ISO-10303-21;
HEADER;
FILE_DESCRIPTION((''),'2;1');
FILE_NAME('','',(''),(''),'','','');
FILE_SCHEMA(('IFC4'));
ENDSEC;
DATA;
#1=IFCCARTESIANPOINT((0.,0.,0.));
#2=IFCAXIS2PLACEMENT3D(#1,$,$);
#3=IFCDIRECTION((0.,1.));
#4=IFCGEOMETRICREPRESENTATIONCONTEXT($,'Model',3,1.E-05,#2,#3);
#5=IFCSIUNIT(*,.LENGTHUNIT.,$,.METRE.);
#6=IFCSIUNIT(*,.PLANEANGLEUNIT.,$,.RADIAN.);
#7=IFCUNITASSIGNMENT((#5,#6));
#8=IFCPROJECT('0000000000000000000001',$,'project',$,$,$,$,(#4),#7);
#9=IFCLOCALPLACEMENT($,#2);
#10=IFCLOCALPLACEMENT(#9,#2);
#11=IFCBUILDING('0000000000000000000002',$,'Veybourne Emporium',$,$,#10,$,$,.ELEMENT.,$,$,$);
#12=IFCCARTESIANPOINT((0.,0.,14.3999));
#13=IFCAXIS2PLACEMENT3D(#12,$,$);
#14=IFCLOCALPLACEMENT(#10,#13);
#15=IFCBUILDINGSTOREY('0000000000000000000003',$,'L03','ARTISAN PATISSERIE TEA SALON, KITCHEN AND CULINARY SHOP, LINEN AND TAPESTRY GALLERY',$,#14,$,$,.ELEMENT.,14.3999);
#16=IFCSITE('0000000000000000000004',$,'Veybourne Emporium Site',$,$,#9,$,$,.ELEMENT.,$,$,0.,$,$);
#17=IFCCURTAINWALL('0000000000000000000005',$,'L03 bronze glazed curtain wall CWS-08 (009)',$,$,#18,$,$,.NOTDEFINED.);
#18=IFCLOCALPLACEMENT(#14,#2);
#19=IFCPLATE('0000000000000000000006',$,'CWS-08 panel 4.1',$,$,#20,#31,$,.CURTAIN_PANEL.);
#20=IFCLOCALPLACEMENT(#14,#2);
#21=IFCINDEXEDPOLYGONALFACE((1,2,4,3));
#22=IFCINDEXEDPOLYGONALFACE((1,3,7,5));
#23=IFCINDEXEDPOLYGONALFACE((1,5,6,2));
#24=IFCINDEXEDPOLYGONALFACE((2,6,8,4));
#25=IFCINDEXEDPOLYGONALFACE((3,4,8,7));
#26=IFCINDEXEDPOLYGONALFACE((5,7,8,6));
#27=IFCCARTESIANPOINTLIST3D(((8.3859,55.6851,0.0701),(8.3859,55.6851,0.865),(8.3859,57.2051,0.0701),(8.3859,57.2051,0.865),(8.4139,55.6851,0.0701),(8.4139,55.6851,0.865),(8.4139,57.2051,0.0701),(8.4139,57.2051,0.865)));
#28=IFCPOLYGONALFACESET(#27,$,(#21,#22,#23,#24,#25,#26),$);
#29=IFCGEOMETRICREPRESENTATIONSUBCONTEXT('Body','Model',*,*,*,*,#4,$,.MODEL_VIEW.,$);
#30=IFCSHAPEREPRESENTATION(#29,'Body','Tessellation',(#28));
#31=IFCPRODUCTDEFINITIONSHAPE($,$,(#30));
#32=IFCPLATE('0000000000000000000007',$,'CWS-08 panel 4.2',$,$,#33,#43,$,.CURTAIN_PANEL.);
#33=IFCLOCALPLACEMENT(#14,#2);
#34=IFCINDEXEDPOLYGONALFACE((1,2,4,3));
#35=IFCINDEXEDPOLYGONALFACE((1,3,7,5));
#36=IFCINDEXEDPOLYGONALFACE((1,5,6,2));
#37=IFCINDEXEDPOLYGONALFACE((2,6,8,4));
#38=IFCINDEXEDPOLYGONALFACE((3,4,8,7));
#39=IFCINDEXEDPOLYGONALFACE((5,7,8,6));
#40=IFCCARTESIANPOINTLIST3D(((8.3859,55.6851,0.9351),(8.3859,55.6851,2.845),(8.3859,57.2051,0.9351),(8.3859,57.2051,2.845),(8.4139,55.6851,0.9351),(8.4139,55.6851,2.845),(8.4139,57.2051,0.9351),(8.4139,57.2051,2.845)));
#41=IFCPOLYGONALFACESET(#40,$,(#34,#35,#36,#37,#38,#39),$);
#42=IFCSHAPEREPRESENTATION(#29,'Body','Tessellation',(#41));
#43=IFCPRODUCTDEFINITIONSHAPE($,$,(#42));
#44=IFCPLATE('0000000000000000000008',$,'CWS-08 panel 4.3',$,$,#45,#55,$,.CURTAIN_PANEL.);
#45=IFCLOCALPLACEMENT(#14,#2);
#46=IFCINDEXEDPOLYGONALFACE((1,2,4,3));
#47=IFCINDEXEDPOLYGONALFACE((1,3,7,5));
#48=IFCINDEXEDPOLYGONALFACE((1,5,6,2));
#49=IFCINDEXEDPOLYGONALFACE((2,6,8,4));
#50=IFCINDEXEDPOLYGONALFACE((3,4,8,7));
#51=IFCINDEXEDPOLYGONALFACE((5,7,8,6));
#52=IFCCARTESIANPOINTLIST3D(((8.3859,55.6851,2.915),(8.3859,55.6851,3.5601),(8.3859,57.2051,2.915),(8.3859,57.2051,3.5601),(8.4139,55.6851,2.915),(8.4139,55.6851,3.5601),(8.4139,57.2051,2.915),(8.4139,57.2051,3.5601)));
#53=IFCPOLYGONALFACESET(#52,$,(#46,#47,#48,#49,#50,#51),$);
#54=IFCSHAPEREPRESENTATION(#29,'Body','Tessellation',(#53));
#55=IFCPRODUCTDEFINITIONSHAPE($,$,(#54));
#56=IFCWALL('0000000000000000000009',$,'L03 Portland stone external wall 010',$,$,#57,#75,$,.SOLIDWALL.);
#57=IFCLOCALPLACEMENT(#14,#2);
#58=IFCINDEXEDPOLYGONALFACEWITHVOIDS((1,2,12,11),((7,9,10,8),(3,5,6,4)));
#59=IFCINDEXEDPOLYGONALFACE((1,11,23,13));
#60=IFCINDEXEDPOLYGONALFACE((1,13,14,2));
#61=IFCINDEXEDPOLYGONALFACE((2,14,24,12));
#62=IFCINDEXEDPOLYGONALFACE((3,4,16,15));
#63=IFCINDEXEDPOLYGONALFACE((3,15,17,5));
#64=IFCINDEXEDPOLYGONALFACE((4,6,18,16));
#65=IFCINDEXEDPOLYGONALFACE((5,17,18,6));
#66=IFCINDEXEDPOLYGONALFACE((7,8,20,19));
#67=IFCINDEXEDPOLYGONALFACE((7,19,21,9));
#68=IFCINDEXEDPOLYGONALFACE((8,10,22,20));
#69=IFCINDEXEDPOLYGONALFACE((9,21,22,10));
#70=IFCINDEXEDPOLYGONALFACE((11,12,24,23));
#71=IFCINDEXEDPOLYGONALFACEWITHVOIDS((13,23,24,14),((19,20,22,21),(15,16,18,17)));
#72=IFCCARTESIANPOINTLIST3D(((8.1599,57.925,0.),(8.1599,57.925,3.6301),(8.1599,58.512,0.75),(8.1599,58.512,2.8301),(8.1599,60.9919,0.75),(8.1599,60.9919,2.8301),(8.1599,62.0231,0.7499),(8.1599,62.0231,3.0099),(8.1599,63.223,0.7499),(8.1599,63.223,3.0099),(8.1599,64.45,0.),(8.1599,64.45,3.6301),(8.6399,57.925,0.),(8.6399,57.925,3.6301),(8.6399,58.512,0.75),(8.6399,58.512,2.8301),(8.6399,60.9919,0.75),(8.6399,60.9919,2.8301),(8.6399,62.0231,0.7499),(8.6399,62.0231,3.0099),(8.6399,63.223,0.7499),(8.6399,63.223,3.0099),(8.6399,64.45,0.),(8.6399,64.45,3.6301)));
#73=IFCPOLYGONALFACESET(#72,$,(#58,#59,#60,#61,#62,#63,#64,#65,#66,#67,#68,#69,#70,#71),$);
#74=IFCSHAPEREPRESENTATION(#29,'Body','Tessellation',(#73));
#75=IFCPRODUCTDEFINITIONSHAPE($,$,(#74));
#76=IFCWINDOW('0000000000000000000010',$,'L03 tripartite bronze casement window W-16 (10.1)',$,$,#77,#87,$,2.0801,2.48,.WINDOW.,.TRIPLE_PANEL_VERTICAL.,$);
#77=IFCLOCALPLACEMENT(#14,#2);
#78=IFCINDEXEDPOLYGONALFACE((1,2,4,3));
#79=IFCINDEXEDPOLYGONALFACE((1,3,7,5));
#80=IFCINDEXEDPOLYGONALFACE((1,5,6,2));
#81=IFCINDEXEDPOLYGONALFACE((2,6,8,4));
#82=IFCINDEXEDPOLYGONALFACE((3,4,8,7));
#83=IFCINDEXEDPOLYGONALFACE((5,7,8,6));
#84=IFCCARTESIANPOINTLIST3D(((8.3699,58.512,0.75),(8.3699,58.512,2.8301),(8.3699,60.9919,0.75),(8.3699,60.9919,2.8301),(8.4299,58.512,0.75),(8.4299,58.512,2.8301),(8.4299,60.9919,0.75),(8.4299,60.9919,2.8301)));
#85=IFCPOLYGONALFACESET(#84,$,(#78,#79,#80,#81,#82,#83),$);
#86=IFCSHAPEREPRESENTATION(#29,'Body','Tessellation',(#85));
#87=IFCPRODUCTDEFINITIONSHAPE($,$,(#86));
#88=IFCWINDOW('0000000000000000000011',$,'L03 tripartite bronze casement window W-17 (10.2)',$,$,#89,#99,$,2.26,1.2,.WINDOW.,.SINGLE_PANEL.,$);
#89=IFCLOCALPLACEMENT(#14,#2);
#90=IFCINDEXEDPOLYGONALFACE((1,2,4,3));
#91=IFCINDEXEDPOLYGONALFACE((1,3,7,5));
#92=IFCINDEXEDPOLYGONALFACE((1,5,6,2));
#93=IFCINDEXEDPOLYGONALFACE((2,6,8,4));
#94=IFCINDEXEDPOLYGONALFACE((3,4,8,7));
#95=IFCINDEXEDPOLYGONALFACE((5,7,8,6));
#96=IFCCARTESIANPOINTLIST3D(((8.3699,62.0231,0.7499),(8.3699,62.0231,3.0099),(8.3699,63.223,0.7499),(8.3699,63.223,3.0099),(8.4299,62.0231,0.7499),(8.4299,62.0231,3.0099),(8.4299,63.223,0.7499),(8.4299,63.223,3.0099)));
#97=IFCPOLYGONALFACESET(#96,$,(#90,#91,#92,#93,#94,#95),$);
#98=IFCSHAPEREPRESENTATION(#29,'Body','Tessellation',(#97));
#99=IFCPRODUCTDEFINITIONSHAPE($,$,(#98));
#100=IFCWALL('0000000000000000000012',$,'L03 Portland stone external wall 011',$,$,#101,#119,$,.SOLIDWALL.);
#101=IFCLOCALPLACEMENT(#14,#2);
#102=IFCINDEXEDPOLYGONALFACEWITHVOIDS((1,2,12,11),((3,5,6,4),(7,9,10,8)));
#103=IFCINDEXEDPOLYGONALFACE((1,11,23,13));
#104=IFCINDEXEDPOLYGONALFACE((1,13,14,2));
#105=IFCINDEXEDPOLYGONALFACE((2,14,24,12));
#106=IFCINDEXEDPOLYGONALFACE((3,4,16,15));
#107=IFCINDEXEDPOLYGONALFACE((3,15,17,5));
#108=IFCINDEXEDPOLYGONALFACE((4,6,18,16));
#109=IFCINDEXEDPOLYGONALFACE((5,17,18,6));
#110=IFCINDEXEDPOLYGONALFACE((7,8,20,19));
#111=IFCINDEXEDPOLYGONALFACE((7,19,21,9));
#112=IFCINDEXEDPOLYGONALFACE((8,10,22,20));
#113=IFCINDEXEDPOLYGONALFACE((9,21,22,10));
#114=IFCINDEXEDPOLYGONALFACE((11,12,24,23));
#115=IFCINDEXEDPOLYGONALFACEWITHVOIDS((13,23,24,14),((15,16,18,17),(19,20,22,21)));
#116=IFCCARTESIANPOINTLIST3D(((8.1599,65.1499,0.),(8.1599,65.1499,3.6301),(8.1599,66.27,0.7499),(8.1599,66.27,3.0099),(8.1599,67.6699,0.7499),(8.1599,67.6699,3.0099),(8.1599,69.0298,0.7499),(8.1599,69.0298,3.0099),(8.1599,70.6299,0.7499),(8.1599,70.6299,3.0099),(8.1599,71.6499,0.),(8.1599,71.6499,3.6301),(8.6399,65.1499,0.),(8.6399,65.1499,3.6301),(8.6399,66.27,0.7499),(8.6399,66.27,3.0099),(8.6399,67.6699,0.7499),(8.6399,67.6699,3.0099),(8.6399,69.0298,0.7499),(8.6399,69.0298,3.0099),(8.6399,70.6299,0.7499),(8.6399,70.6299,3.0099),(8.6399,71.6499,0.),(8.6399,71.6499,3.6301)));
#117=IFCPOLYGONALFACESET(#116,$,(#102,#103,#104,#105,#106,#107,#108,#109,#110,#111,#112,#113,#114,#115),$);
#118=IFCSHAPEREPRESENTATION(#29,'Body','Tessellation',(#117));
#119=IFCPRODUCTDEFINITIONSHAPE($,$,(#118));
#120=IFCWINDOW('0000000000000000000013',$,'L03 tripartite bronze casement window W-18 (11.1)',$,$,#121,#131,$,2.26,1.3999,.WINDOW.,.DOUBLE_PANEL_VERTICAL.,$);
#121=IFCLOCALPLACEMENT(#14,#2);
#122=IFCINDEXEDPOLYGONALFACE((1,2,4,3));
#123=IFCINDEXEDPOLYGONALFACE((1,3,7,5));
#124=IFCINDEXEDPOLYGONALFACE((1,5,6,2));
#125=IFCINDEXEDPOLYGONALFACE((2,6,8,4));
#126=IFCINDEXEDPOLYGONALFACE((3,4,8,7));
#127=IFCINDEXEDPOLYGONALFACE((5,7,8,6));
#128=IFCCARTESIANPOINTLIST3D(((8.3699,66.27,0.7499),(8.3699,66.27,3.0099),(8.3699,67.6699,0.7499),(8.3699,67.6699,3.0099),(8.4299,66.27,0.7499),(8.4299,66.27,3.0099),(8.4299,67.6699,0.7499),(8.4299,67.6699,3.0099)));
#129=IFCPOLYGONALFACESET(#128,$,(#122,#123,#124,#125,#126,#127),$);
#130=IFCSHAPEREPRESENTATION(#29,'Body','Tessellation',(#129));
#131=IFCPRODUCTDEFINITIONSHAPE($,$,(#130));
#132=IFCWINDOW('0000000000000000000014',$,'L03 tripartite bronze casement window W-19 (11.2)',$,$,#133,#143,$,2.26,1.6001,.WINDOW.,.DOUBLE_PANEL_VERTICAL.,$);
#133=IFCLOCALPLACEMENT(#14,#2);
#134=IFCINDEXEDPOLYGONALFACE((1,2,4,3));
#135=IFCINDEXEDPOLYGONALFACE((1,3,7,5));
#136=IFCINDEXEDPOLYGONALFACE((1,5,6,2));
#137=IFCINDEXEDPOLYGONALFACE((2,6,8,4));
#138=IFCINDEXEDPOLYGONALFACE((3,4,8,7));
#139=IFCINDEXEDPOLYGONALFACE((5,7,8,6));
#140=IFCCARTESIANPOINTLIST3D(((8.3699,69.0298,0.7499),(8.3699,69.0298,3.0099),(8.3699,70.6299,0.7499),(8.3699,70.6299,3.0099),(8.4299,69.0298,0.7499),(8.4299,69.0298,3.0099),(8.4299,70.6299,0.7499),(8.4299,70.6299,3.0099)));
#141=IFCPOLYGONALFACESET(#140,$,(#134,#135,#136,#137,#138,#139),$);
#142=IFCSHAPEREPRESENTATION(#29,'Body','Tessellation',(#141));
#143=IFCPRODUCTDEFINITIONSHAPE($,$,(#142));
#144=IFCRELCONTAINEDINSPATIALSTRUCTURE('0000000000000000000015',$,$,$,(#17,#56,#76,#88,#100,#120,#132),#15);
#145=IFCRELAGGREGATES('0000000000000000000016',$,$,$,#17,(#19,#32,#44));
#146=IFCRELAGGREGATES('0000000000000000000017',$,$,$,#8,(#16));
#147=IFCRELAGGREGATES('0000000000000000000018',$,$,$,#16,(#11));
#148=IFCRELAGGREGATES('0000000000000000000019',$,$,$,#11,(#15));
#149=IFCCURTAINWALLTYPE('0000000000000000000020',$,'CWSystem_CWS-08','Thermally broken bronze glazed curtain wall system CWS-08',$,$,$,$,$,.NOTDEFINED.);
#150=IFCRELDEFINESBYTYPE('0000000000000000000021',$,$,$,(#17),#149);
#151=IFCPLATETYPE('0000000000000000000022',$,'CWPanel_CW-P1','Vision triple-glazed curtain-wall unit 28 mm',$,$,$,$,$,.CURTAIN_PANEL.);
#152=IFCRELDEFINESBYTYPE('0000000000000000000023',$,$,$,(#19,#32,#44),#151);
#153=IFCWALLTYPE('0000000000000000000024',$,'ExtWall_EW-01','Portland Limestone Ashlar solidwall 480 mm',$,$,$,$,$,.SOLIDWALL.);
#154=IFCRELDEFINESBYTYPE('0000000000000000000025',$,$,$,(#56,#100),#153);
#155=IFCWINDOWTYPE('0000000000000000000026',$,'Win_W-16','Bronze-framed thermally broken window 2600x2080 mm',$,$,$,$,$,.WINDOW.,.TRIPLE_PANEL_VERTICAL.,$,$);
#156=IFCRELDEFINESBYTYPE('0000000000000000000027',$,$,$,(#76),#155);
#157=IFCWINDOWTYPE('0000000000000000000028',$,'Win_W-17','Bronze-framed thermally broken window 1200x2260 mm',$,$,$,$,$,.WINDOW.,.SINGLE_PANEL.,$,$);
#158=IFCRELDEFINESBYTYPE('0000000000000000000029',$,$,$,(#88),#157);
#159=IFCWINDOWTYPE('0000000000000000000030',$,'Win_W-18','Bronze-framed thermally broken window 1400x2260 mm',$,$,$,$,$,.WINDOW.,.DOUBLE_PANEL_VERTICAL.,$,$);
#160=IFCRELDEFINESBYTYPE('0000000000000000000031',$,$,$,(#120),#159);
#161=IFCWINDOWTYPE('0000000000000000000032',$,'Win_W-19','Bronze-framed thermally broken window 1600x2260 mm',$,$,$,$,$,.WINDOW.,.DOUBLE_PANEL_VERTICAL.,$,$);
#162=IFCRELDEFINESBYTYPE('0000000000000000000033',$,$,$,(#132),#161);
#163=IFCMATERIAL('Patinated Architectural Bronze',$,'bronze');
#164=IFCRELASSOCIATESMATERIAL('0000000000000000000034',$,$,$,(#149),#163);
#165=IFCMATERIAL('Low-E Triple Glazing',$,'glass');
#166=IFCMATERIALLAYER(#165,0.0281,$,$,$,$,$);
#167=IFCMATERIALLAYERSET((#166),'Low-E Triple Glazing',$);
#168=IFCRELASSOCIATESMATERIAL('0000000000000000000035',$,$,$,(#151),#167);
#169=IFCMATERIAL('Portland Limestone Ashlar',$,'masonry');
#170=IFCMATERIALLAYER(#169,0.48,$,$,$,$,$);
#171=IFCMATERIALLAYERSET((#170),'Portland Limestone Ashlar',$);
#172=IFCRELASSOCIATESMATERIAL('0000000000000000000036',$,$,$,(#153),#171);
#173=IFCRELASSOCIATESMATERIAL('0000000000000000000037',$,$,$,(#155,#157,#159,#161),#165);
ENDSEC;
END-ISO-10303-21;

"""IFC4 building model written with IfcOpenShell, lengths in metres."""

from ifc_helpers import new_model, si_unit, direction, frame, frame_2d, origin, origin_2d, place, context, subcontext, project, spatial, rectangle, extrude, material, layer, layer_set, type_object, element, fill, aggregate, save


model = new_model("IFC4")

# Units and contexts
model_context = context("Model", 3, precision=1e-05, world=origin(), true_north=direction((0.0, 1.0)))
body_context = subcontext(model_context, "Body", "Model", "MODEL_VIEW")
ifc_project = project(units=[si_unit("LENGTHUNIT", "METRE"), si_unit("PLANEANGLEUNIT", "RADIAN")], contexts=[model_context])

# Site, building, storey
site_placement = place(None, origin())
site = spatial("IfcSite", under=ifc_project, at=site_placement, Name="Veybourne Emporium Site", CompositionType="ELEMENT", RefElevation=0.0)
building_placement = place(site_placement, origin())
building = spatial("IfcBuilding", under=site, at=building_placement, Name="Veybourne Emporium", CompositionType="ELEMENT")
storey_placement = place(building_placement, frame((0.0, 0.0, 14.3999)))
storey = spatial("IfcBuildingStorey", under=building, at=storey_placement, Name="L03", Description="ARTISAN PATISSERIE TEA SALON, KITCHEN AND CULINARY SHOP, LINEN AND TAPESTRY GALLERY", CompositionType="ELEMENT", Elevation=14.3999)

# Curtain wall
ifc_material_1 = material(Name="Patinated Architectural Bronze", Category="bronze")
curtain_wall_type = type_object("IfcCurtainWallType", Name="CWSystem_CWS-08", Description="Thermally broken bronze glazed curtain wall system CWS-08", PredefinedType="NOTDEFINED", material=ifc_material_1)
curtain_wall_placement = place(storey_placement, origin())
curtain_wall = element("IfcCurtainWall", 1, at=curtain_wall_placement, inside=storey, type_object=curtain_wall_type, Name="L03 bronze glazed curtain wall CWS-08 (009)", PredefinedType="NOTDEFINED")

# Plates
ifc_material_2 = material(Name="Low-E Triple Glazing", Category="glass")
ifc_layer_1 = layer(ifc_material_2, 0.0281)
ifc_layer_set_1 = layer_set([ifc_layer_1], Name="Low-E Triple Glazing")
plate_type = type_object("IfcPlateType", Name="CWPanel_CW-P1", Description="Vision triple-glazed curtain-wall unit 28 mm", PredefinedType="CURTAIN_PANEL", material=ifc_layer_set_1)
plate_1_placement = place(storey_placement, frame((8.3999, 56.4451, 0.0701), z_axis=(0.0, 0.0, 1.0), x_axis=(0.0, 1.0, 0.0)))
plate_1 = element("IfcPlate", 2, at=plate_1_placement, type_object=plate_type, Name="CWS-08 panel 4.1", PredefinedType="CURTAIN_PANEL", context=body_context, shape_type="SweptSolid", body=[
    extrude(rectangle(XDim=1.52, YDim=0.0281, at=origin_2d()), origin(), (0.0, 0.0, 1.0), 0.7949),
])
plate_2_placement = place(storey_placement, frame((8.3999, 56.4451, 0.9351), z_axis=(0.0, 0.0, 1.0), x_axis=(0.0, 1.0, 0.0)))
plate_2 = element("IfcPlate", 3, at=plate_2_placement, type_object=plate_type, Name="CWS-08 panel 4.2", PredefinedType="CURTAIN_PANEL", context=body_context, shape_type="SweptSolid", body=[
    extrude(rectangle(XDim=1.52, YDim=0.0281, at=origin_2d()), origin(), (0.0, 0.0, 1.0), 1.9099),
])
plate_3_placement = place(storey_placement, frame((8.3999, 56.4451, 2.915), z_axis=(0.0, 0.0, 1.0), x_axis=(0.0, 1.0, 0.0)))
plate_3 = element("IfcPlate", 4, at=plate_3_placement, type_object=plate_type, Name="CWS-08 panel 4.3", PredefinedType="CURTAIN_PANEL", context=body_context, shape_type="SweptSolid", body=[
    extrude(rectangle(XDim=1.52, YDim=0.0281, at=origin_2d()), origin(), (0.0, 0.0, 1.0), 0.645),
])
aggregate(curtain_wall, [plate_1, plate_2, plate_3])

# Walls, openings, windows
ifc_material_3 = material(Name="Portland Limestone Ashlar", Category="masonry")
ifc_layer_2 = layer(ifc_material_3, 0.48)
ifc_layer_set_2 = layer_set([ifc_layer_2], Name="Portland Limestone Ashlar")
wall_type = type_object("IfcWallType", Name="ExtWall_EW-01", Description="Portland Limestone Ashlar solidwall 480 mm", PredefinedType="SOLIDWALL", material=ifc_layer_set_2)
wall_1_placement = place(storey_placement, frame((8.3999, 57.925, 0.0), z_axis=(0.0, 0.0, 1.0), x_axis=(0.0, 1.0, 0.0)))
wall_1 = element("IfcWall", 5, at=wall_1_placement, inside=storey, type_object=wall_type, Name="L03 Portland stone external wall 010", PredefinedType="SOLIDWALL", context=body_context, shape_type="SweptSolid", body=[
    extrude(rectangle(XDim=6.5249, YDim=0.48, at=frame_2d((3.2625, 0.0))), origin(), (0.0, 0.0, 1.0), 3.6301),
])
opening_1_placement = place(wall_1_placement, frame((0.5869, 0.0, 0.75)))
opening_1 = element("IfcOpeningElement", 6, at=opening_1_placement, cuts=wall_1, PredefinedType="OPENING", context=body_context, shape_type="SweptSolid", body=[
    extrude(rectangle(XDim=2.48, YDim=2.0801, at=frame_2d((1.24, 1.04))), frame((0.0, 0.26, 0.0), z_axis=(0.0, -1.0, 0.0), x_axis=(1.0, 0.0, 0.0)), (0.0, 0.0, 1.0), 0.52),
])
opening_2_placement = place(wall_1_placement, frame((4.0979, 0.0, 0.75)))
opening_2 = element("IfcOpeningElement", 7, at=opening_2_placement, cuts=wall_1, PredefinedType="OPENING", context=body_context, shape_type="SweptSolid", body=[
    extrude(rectangle(XDim=1.2, YDim=2.26, at=frame_2d((0.6001, 1.1299))), frame((0.0, 0.26, 0.0), z_axis=(0.0, -1.0, 0.0), x_axis=(1.0, 0.0, 0.0)), (0.0, 0.0, 1.0), 0.52),
])
window_type_1 = type_object("IfcWindowType", Name="Win_W-16", Description="Bronze-framed thermally broken window 2600x2080 mm", PartitioningType="TRIPLE_PANEL_VERTICAL", PredefinedType="WINDOW", material=ifc_material_2)
window_1_placement = place(opening_1_placement, origin())
window_1 = element("IfcWindow", 8, at=window_1_placement, inside=storey, type_object=window_type_1, Name="L03 tripartite bronze casement window W-16 (10.1)", OverallHeight=2.0801, OverallWidth=2.48, PartitioningType="TRIPLE_PANEL_VERTICAL", PredefinedType="WINDOW", context=body_context, shape_type="SweptSolid", body=[
    extrude(rectangle(XDim=2.48, YDim=2.0801, at=frame_2d((1.24, 1.04))), frame((0.0, 0.03, 0.0), z_axis=(0.0, -1.0, 0.0), x_axis=(1.0, 0.0, 0.0)), (0.0, 0.0, 1.0), 0.0601),
])
fill(opening_1, window_1)
window_type_2 = type_object("IfcWindowType", Name="Win_W-17", Description="Bronze-framed thermally broken window 1200x2260 mm", PartitioningType="SINGLE_PANEL", PredefinedType="WINDOW", material=ifc_material_2)
window_2_placement = place(opening_2_placement, origin())
window_2 = element("IfcWindow", 9, at=window_2_placement, inside=storey, type_object=window_type_2, Name="L03 tripartite bronze casement window W-17 (10.2)", OverallHeight=2.26, OverallWidth=1.2, PartitioningType="SINGLE_PANEL", PredefinedType="WINDOW", context=body_context, shape_type="SweptSolid", body=[
    extrude(rectangle(XDim=1.2, YDim=2.26, at=frame_2d((0.6001, 1.1299))), frame((0.0, 0.03, 0.0), z_axis=(0.0, -1.0, 0.0), x_axis=(1.0, 0.0, 0.0)), (0.0, 0.0, 1.0), 0.0601),
])
fill(opening_2, window_2)
wall_2_placement = place(storey_placement, frame((8.3999, 65.1499, 0.0), z_axis=(0.0, 0.0, 1.0), x_axis=(0.0, 1.0, 0.0)))
wall_2 = element("IfcWall", 10, at=wall_2_placement, inside=storey, type_object=wall_type, Name="L03 Portland stone external wall 011", PredefinedType="SOLIDWALL", context=body_context, shape_type="SweptSolid", body=[
    extrude(rectangle(XDim=6.5, YDim=0.48, at=frame_2d((3.25, 0.0))), origin(), (0.0, 0.0, 1.0), 3.6301),
])
opening_3_placement = place(wall_2_placement, frame((1.1201, 0.0, 0.75)))
opening_3 = element("IfcOpeningElement", 11, at=opening_3_placement, cuts=wall_2, PredefinedType="OPENING", context=body_context, shape_type="SweptSolid", body=[
    extrude(rectangle(XDim=1.3999, YDim=2.26, at=frame_2d((0.7, 1.1299))), frame((0.0, 0.26, 0.0), z_axis=(0.0, -1.0, 0.0), x_axis=(1.0, 0.0, 0.0)), (0.0, 0.0, 1.0), 0.52),
])
opening_4_placement = place(wall_2_placement, frame((3.8799, 0.0, 0.75)))
opening_4 = element("IfcOpeningElement", 12, at=opening_4_placement, cuts=wall_2, PredefinedType="OPENING", context=body_context, shape_type="SweptSolid", body=[
    extrude(rectangle(XDim=1.6001, YDim=2.26, at=frame_2d((0.8, 1.1299))), frame((0.0, 0.26, 0.0), z_axis=(0.0, -1.0, 0.0), x_axis=(1.0, 0.0, 0.0)), (0.0, 0.0, 1.0), 0.52),
])
window_type_3 = type_object("IfcWindowType", Name="Win_W-18", Description="Bronze-framed thermally broken window 1400x2260 mm", PartitioningType="DOUBLE_PANEL_VERTICAL", PredefinedType="WINDOW", material=ifc_material_2)
window_3_placement = place(opening_3_placement, origin())
window_3 = element("IfcWindow", 13, at=window_3_placement, inside=storey, type_object=window_type_3, Name="L03 tripartite bronze casement window W-18 (11.1)", OverallHeight=2.26, OverallWidth=1.3999, PartitioningType="DOUBLE_PANEL_VERTICAL", PredefinedType="WINDOW", context=body_context, shape_type="SweptSolid", body=[
    extrude(rectangle(XDim=1.3999, YDim=2.26, at=frame_2d((0.7, 1.1299))), frame((0.0, 0.03, 0.0), z_axis=(0.0, -1.0, 0.0), x_axis=(1.0, 0.0, 0.0)), (0.0, 0.0, 1.0), 0.0601),
])
fill(opening_3, window_3)
window_type_4 = type_object("IfcWindowType", Name="Win_W-19", Description="Bronze-framed thermally broken window 1600x2260 mm", PartitioningType="DOUBLE_PANEL_VERTICAL", PredefinedType="WINDOW", material=ifc_material_2)
window_4_placement = place(opening_4_placement, origin())
window_4 = element("IfcWindow", 14, at=window_4_placement, inside=storey, type_object=window_type_4, Name="L03 tripartite bronze casement window W-19 (11.2)", OverallHeight=2.26, OverallWidth=1.6001, PartitioningType="DOUBLE_PANEL_VERTICAL", PredefinedType="WINDOW", context=body_context, shape_type="SweptSolid", body=[
    extrude(rectangle(XDim=1.6001, YDim=2.26, at=frame_2d((0.8, 1.1299))), frame((0.0, 0.03, 0.0), z_axis=(0.0, -1.0, 0.0), x_axis=(1.0, 0.0, 0.0)), (0.0, 0.0, 1.0), 0.0601),
])
fill(opening_4, window_4)

save(model, "model.ifc")
